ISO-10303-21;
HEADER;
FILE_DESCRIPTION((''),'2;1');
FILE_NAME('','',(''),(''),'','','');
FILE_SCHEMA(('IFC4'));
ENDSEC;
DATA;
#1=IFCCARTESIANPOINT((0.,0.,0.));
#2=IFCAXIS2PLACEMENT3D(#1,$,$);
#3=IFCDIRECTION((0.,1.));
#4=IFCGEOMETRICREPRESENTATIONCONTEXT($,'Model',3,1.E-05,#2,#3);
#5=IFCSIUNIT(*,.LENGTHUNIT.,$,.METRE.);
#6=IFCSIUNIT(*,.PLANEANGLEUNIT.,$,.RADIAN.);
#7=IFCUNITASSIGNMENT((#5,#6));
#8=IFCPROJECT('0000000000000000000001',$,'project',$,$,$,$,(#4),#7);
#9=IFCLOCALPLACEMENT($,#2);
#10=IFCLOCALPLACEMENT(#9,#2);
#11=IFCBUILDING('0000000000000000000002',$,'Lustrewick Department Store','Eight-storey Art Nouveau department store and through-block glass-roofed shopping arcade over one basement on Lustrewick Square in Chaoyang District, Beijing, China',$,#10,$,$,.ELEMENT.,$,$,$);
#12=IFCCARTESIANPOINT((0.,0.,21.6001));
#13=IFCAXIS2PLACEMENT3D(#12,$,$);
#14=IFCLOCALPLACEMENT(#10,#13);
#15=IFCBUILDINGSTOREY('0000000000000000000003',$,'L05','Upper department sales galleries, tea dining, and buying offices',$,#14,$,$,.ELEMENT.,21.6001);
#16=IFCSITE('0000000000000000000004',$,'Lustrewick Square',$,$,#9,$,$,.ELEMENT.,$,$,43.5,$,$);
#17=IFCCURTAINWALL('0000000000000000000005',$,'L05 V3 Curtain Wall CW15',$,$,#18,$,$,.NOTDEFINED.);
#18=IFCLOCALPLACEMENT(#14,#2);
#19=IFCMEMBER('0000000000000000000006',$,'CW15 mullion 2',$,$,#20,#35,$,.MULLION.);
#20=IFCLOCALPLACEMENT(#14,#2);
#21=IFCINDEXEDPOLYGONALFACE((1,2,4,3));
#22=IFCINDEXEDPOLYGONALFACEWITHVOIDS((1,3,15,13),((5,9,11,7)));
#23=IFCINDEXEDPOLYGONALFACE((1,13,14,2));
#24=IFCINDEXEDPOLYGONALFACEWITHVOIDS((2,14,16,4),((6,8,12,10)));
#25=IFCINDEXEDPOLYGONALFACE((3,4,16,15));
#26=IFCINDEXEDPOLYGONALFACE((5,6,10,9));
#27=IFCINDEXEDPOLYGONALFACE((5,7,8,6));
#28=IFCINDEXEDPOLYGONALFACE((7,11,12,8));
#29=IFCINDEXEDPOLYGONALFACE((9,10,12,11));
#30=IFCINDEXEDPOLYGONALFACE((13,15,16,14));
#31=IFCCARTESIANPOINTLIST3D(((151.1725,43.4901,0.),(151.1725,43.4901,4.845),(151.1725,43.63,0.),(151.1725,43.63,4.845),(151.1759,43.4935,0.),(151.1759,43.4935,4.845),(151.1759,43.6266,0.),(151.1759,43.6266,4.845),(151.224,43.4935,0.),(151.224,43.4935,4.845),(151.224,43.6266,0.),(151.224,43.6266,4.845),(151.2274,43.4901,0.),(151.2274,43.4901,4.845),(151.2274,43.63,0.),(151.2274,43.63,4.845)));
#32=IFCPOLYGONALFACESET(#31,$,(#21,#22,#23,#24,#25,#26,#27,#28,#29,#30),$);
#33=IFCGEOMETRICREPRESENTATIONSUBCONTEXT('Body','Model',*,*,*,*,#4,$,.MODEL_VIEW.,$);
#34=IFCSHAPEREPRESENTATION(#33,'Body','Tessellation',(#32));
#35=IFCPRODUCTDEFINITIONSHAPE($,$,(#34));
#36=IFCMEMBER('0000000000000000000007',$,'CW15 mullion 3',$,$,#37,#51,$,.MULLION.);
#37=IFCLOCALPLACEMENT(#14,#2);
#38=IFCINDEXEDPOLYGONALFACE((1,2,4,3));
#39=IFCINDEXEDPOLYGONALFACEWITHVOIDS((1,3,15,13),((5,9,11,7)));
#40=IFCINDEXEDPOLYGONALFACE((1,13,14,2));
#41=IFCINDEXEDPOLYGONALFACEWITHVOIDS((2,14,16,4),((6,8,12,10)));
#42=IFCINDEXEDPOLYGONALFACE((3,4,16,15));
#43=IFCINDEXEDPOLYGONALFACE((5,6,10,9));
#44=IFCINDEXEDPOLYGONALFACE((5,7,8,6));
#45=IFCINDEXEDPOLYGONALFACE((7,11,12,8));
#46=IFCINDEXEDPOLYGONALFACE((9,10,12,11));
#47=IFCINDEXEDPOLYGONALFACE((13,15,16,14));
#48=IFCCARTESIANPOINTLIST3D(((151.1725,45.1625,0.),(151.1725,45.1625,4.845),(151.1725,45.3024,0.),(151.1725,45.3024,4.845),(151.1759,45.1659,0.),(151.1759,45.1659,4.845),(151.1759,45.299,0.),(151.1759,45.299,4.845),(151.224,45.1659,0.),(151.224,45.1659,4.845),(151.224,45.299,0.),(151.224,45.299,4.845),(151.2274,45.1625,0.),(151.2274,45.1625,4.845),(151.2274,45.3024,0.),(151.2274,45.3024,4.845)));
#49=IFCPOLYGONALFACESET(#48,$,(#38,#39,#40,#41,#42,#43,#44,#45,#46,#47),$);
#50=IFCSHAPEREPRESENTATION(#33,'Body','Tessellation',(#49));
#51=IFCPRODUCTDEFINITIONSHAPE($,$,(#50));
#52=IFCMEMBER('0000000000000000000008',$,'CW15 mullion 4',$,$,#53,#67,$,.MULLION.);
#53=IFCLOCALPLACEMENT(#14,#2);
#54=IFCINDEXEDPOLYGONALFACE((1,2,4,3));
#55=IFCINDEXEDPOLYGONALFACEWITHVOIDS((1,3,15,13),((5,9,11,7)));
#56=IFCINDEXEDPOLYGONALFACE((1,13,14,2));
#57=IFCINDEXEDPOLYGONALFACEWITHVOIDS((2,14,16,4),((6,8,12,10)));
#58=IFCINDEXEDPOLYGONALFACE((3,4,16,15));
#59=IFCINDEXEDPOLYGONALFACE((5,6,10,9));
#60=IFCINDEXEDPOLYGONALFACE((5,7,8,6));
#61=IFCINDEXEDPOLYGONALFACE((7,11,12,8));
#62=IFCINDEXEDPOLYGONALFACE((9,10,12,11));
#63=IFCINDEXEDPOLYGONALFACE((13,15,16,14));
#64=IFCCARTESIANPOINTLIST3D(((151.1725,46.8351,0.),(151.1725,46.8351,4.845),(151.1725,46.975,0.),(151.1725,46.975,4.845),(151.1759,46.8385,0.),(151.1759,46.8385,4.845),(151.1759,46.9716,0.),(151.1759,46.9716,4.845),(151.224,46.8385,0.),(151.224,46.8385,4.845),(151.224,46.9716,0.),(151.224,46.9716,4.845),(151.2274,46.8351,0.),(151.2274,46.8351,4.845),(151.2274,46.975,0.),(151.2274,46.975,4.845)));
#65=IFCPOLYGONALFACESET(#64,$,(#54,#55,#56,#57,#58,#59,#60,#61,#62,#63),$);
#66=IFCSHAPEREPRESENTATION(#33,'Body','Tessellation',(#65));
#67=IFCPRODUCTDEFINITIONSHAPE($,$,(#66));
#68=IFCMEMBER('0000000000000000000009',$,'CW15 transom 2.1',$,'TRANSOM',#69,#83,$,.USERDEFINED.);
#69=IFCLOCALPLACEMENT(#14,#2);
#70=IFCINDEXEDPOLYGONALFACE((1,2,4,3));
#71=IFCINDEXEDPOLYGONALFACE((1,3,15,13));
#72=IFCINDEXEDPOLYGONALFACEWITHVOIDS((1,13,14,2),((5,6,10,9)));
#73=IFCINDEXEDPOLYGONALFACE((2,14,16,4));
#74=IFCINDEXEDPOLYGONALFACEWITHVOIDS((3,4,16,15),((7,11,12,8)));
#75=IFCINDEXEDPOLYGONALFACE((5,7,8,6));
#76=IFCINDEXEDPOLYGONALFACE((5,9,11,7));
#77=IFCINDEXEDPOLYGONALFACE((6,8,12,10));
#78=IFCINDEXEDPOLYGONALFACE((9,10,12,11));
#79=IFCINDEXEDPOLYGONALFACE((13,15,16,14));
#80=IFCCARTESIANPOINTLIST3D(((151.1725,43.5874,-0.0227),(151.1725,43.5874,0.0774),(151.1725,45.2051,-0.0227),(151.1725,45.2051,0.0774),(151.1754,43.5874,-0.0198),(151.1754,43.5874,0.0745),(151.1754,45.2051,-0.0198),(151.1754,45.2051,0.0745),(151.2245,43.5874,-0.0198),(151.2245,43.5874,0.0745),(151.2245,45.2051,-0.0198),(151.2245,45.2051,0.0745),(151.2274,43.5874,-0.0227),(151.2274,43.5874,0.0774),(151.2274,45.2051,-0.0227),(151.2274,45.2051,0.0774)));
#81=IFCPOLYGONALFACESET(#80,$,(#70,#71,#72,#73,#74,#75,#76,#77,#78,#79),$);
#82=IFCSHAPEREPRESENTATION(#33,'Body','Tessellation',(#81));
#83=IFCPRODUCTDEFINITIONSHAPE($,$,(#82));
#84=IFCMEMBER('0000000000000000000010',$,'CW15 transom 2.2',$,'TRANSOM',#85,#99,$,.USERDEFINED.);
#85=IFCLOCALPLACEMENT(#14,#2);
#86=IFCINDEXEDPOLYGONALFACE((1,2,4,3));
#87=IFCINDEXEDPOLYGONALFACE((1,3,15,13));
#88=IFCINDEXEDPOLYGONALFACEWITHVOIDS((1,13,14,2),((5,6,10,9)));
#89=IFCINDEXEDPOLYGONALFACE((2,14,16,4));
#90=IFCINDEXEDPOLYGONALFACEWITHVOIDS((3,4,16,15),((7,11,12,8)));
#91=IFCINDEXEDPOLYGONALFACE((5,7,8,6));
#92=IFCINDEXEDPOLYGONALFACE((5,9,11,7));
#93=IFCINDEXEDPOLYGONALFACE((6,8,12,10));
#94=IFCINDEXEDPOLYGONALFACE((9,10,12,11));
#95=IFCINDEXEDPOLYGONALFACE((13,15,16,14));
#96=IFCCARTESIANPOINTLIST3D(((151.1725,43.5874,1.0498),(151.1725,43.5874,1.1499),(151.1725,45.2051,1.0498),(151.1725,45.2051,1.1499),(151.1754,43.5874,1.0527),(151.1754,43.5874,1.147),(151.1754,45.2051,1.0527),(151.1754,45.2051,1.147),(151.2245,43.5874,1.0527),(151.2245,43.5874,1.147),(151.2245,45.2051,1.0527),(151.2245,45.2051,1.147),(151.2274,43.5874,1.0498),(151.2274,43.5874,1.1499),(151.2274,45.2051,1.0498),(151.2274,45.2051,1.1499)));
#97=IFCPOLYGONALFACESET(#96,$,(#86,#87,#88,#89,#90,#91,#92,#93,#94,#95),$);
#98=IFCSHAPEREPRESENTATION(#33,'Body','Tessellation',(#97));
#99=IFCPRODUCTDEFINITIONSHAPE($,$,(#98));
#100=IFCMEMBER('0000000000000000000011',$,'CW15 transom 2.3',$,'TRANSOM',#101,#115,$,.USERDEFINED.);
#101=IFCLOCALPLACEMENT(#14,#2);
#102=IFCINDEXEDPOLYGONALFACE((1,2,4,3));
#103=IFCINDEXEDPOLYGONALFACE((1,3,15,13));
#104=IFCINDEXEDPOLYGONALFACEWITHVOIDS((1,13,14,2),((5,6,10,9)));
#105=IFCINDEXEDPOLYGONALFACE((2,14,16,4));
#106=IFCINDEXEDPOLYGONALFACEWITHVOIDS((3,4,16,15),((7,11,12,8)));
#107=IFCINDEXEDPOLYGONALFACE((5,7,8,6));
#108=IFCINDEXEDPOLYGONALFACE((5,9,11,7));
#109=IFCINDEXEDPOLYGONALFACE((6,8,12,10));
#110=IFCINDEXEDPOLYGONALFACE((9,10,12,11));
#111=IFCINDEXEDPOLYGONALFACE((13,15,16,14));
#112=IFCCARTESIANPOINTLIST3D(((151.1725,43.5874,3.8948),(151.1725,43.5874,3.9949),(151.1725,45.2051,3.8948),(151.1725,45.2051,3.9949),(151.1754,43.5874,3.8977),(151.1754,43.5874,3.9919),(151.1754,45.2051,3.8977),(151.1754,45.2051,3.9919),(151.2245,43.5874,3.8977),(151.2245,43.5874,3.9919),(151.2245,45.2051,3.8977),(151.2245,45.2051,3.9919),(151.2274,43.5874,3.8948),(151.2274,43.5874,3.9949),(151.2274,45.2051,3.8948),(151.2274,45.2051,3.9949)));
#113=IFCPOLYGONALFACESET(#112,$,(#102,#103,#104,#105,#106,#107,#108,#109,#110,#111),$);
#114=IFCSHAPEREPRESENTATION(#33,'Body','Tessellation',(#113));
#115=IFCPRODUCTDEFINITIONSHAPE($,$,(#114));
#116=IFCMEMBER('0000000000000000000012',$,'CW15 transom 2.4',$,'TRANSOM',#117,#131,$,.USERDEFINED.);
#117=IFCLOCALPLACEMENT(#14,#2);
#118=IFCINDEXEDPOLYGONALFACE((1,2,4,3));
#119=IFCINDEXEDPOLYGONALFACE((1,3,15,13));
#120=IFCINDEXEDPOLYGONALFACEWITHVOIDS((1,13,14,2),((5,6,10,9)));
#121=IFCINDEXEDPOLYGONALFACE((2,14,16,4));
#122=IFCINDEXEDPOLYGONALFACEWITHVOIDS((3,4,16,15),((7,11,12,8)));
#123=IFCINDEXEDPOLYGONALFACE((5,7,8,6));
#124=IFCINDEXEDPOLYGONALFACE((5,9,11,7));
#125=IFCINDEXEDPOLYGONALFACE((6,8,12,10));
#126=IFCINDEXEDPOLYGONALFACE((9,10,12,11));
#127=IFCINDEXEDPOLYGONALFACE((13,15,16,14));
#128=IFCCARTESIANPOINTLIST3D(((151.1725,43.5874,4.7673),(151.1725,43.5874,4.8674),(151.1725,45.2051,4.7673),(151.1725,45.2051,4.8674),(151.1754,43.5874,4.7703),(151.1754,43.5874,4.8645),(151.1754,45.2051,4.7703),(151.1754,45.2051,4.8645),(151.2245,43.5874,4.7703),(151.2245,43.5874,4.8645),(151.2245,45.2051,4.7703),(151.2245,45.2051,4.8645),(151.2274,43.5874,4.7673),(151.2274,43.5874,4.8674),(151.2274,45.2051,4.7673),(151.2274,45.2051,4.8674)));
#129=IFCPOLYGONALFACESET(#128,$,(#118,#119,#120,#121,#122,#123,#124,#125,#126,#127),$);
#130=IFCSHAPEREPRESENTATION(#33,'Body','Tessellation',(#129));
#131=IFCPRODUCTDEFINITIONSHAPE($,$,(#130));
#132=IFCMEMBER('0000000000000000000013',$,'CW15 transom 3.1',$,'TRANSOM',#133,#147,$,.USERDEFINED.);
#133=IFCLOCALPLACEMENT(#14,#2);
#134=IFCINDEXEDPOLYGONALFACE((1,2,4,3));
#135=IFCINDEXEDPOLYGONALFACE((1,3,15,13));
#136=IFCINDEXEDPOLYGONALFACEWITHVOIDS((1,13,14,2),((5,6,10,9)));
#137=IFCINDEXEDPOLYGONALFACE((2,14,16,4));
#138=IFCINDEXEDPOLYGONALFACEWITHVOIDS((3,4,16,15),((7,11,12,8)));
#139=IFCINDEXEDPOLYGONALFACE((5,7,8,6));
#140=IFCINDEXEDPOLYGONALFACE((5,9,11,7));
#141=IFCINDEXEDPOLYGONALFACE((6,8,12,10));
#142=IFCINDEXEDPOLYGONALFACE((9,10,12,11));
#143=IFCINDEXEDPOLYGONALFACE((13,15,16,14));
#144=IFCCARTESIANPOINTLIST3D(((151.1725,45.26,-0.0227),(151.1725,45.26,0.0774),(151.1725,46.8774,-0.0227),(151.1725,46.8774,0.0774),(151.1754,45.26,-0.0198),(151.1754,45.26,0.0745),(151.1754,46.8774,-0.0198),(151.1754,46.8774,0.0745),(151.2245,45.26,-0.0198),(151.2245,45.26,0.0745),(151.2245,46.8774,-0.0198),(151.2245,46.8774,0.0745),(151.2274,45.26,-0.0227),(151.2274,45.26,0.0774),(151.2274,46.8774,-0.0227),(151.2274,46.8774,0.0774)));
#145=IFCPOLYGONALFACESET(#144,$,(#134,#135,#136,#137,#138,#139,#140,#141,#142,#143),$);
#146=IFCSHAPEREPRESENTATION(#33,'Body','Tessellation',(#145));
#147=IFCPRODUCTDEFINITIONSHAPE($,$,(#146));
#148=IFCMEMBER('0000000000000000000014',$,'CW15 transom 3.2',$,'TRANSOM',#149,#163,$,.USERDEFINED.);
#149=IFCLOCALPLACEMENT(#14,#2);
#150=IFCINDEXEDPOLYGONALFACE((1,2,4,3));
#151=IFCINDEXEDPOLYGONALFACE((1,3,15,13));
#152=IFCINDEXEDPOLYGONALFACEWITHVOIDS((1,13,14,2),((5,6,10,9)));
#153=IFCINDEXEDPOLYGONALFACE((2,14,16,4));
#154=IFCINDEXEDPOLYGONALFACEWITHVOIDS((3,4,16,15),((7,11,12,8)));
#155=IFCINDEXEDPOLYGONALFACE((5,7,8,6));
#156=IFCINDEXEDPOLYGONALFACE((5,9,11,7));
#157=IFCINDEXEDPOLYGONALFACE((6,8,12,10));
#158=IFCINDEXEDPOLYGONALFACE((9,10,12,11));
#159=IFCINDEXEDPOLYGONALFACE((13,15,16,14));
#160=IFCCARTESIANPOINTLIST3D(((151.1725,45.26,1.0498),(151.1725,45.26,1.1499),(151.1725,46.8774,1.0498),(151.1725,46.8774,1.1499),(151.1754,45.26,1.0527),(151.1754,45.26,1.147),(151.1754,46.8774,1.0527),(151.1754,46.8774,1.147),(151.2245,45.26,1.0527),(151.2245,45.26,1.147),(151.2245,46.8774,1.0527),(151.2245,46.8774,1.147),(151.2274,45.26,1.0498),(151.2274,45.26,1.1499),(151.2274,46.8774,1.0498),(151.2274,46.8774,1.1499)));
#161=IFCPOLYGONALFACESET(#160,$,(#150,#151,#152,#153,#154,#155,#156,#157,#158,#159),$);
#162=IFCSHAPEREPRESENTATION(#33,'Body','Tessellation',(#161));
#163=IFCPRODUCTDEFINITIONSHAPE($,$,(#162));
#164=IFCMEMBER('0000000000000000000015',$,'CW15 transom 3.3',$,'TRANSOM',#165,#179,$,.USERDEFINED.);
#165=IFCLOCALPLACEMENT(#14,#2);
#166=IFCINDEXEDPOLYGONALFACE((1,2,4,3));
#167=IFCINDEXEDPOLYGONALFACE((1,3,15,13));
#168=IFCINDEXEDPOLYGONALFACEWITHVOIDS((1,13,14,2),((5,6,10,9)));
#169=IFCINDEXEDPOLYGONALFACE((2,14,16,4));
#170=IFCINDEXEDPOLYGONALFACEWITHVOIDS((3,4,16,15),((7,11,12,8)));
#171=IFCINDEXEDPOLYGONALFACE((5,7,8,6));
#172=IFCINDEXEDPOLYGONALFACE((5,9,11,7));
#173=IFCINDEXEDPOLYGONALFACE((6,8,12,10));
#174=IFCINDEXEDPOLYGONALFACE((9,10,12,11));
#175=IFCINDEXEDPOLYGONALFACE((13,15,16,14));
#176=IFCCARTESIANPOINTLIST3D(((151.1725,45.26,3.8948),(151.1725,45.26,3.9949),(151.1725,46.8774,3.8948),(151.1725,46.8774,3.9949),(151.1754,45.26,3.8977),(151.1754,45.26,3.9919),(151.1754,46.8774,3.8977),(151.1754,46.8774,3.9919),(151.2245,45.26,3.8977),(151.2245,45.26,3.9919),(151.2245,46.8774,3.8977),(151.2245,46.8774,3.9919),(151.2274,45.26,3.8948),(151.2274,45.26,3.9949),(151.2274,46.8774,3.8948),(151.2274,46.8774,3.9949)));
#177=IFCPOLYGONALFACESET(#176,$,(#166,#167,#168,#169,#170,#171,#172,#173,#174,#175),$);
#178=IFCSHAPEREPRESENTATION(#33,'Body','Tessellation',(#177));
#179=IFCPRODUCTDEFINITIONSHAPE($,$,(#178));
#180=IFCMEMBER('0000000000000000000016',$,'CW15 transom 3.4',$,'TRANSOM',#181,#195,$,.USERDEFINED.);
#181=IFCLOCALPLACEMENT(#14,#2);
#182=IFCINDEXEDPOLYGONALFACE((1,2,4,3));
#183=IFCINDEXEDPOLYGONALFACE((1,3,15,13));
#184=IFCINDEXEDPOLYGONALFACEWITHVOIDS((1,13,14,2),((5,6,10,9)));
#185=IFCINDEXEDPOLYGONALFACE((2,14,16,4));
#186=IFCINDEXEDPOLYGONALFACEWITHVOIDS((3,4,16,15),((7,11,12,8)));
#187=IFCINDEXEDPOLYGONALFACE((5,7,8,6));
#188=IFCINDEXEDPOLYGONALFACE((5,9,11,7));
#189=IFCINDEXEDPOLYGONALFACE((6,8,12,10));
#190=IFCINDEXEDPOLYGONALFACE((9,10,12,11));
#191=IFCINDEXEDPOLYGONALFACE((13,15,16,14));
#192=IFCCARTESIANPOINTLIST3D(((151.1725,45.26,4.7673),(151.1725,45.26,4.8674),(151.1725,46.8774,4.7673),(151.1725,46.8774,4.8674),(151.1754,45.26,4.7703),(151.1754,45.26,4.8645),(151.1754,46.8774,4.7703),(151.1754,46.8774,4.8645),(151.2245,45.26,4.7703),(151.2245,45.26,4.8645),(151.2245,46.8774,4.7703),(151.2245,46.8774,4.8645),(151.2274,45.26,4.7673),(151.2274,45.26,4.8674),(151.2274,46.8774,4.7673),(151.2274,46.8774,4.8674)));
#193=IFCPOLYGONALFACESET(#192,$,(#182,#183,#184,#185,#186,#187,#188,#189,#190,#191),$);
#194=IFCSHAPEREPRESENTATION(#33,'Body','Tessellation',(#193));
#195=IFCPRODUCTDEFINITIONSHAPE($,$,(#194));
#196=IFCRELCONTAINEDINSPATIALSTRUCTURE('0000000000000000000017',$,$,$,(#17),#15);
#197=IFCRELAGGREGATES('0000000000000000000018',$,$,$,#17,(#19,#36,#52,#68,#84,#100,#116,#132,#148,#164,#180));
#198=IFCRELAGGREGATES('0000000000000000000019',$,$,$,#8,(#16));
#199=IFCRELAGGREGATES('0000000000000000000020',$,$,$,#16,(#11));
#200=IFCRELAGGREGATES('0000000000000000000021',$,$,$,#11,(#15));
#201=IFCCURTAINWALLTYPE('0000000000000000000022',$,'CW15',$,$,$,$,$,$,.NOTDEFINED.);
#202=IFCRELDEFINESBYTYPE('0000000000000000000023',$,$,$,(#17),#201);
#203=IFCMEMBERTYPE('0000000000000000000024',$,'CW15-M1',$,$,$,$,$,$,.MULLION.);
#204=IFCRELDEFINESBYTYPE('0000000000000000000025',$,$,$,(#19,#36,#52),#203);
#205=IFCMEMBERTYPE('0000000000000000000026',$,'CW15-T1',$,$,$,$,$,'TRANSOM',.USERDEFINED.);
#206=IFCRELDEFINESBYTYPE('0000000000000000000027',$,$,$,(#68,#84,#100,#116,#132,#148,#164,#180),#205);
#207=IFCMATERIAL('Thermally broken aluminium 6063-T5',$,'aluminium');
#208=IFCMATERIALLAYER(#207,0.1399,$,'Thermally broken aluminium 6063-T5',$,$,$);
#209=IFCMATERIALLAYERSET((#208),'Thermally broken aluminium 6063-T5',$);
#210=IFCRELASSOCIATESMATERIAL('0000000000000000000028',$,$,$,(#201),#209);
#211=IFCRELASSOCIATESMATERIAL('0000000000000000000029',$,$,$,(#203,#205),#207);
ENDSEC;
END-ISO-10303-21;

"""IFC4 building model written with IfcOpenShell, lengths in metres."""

from ifc_helpers import new_model, si_unit, direction, frame, origin, origin_2d, place, context, subcontext, project, spatial, hollow_rectangle, extrude, material, layer, layer_set, material_profile, profile_set, type_object, element, aggregate, save


model = new_model("IFC4")

# Units and contexts
model_context = context("Model", 3, precision=1e-05, world=origin(), true_north=direction((0.0, 1.0)))
body_context = subcontext(model_context, "Body", "Model", "MODEL_VIEW")
ifc_project = project(units=[si_unit("LENGTHUNIT", "METRE"), si_unit("PLANEANGLEUNIT", "RADIAN")], contexts=[model_context])

# Site, building, storey
site_placement = place(None, origin())
site = spatial("IfcSite", under=ifc_project, at=site_placement, Name="Lustrewick Square", CompositionType="ELEMENT", RefElevation=43.5)
building_placement = place(site_placement, origin())
building = spatial("IfcBuilding", under=site, at=building_placement, Name="Lustrewick Department Store", Description="Eight-storey Art Nouveau department store and through-block glass-roofed shopping arcade over one basement on Lustrewick Square in Chaoyang District, Beijing, China", CompositionType="ELEMENT")
storey_placement = place(building_placement, frame((0.0, 0.0, 21.6001)))
storey = spatial("IfcBuildingStorey", under=building, at=storey_placement, Name="L05", Description="Upper department sales galleries, tea dining, and buying offices", CompositionType="ELEMENT", Elevation=21.6001)

# Curtain wall, members
ifc_material_1 = material(Name="Thermally broken aluminium 6063-T5", Category="aluminium")
ifc_layer_1 = layer(ifc_material_1, 0.1399, Name="Thermally broken aluminium 6063-T5")
ifc_layer_set_1 = layer_set([ifc_layer_1], Name="Thermally broken aluminium 6063-T5")
curtain_wall_type = type_object("IfcCurtainWallType", Name="CW15", PredefinedType="NOTDEFINED", material=ifc_layer_set_1)
curtain_wall_placement = place(storey_placement, origin())
curtain_wall = element("IfcCurtainWall", 1, at=curtain_wall_placement, inside=storey, type_object=curtain_wall_type, Name="L05 V3 Curtain Wall CW15", PredefinedType="NOTDEFINED")
ifc_material_profile_1 = material_profile(ifc_material_1, hollow_rectangle(XDim=0.0549, YDim=0.1399, WallThickness=0.0034, at=origin_2d()), Name="ALU-M 55x140x3.5")
ifc_profile_set_1 = profile_set([ifc_material_profile_1], Name="Thermally broken aluminium 6063-T5")
member_type_1 = type_object("IfcMemberType", Name="CW15-M1", PredefinedType="MULLION", material=ifc_profile_set_1)
member_1_placement = place(storey_placement, frame((151.2, 43.5601, 0.0), z_axis=(0.0, 0.0, 1.0), x_axis=(-1.0, 0.0, 0.0)))
member_1 = element("IfcMember", 2, at=member_1_placement, type_object=member_type_1, Name="CW15 mullion 2", PredefinedType="MULLION", context=body_context, shape_type="SweptSolid", body=[
    extrude(hollow_rectangle(XDim=0.0549, YDim=0.1399, WallThickness=0.0034, at=origin_2d()), origin(), (0.0, 0.0, 1.0), 4.845),
])
member_2_placement = place(storey_placement, frame((151.2, 45.2324, 0.0), z_axis=(0.0, 0.0, 1.0), x_axis=(-1.0, 0.0, 0.0)))
member_2 = element("IfcMember", 3, at=member_2_placement, type_object=member_type_1, Name="CW15 mullion 3", PredefinedType="MULLION", context=body_context, shape_type="SweptSolid", body=[
    extrude(hollow_rectangle(XDim=0.0549, YDim=0.1399, WallThickness=0.0034, at=origin_2d()), origin(), (0.0, 0.0, 1.0), 4.845),
])
member_3_placement = place(storey_placement, frame((151.2, 46.905, 0.0), z_axis=(0.0, 0.0, 1.0), x_axis=(-1.0, 0.0, 0.0)))
member_3 = element("IfcMember", 4, at=member_3_placement, type_object=member_type_1, Name="CW15 mullion 4", PredefinedType="MULLION", context=body_context, shape_type="SweptSolid", body=[
    extrude(hollow_rectangle(XDim=0.0549, YDim=0.1399, WallThickness=0.0034, at=origin_2d()), origin(), (0.0, 0.0, 1.0), 4.845),
])
ifc_material_profile_2 = material_profile(ifc_material_1, hollow_rectangle(XDim=0.0549, YDim=0.1001, WallThickness=0.0029, at=origin_2d()), Name="ALU-T 55x100x3")
ifc_profile_set_2 = profile_set([ifc_material_profile_2], Name="Thermally broken aluminium 6063-T5")
member_type_2 = type_object("IfcMemberType", Name="CW15-T1", ElementType="TRANSOM", PredefinedType="USERDEFINED", material=ifc_profile_set_2)
member_4_placement = place(storey_placement, frame((151.2, 43.5874, 0.0273), z_axis=(0.0, 1.0, 0.0), x_axis=(-1.0, 0.0, 0.0)))
member_4 = element("IfcMember", 5, at=member_4_placement, type_object=member_type_2, Name="CW15 transom 2.1", ObjectType="TRANSOM", PredefinedType="USERDEFINED", context=body_context, shape_type="SweptSolid", body=[
    extrude(hollow_rectangle(XDim=0.0549, YDim=0.1001, WallThickness=0.0029, at=origin_2d()), origin(), (0.0, 0.0, 1.0), 1.6177),
])
member_5_placement = place(storey_placement, frame((151.2, 43.5874, 1.0999), z_axis=(0.0, 1.0, 0.0), x_axis=(-1.0, 0.0, 0.0)))
member_5 = element("IfcMember", 6, at=member_5_placement, type_object=member_type_2, Name="CW15 transom 2.2", ObjectType="TRANSOM", PredefinedType="USERDEFINED", context=body_context, shape_type="SweptSolid", body=[
    extrude(hollow_rectangle(XDim=0.0549, YDim=0.1001, WallThickness=0.0029, at=origin_2d()), origin(), (0.0, 0.0, 1.0), 1.6177),
])
member_6_placement = place(storey_placement, frame((151.2, 43.5874, 3.9448), z_axis=(0.0, 1.0, 0.0), x_axis=(-1.0, 0.0, 0.0)))
member_6 = element("IfcMember", 7, at=member_6_placement, type_object=member_type_2, Name="CW15 transom 2.3", ObjectType="TRANSOM", PredefinedType="USERDEFINED", context=body_context, shape_type="SweptSolid", body=[
    extrude(hollow_rectangle(XDim=0.0549, YDim=0.1001, WallThickness=0.0029, at=origin_2d()), origin(), (0.0, 0.0, 1.0), 1.6177),
])
member_7_placement = place(storey_placement, frame((151.2, 43.5874, 4.8174), z_axis=(0.0, 1.0, 0.0), x_axis=(-1.0, 0.0, 0.0)))
member_7 = element("IfcMember", 8, at=member_7_placement, type_object=member_type_2, Name="CW15 transom 2.4", ObjectType="TRANSOM", PredefinedType="USERDEFINED", context=body_context, shape_type="SweptSolid", body=[
    extrude(hollow_rectangle(XDim=0.0549, YDim=0.1001, WallThickness=0.0029, at=origin_2d()), origin(), (0.0, 0.0, 1.0), 1.6177),
])
member_8_placement = place(storey_placement, frame((151.2, 45.26, 0.0273), z_axis=(0.0, 1.0, 0.0), x_axis=(-1.0, 0.0, 0.0)))
member_8 = element("IfcMember", 9, at=member_8_placement, type_object=member_type_2, Name="CW15 transom 3.1", ObjectType="TRANSOM", PredefinedType="USERDEFINED", context=body_context, shape_type="SweptSolid", body=[
    extrude(hollow_rectangle(XDim=0.0549, YDim=0.1001, WallThickness=0.0029, at=origin_2d()), origin(), (0.0, 0.0, 1.0), 1.6174),
])
member_9_placement = place(storey_placement, frame((151.2, 45.26, 1.0999), z_axis=(0.0, 1.0, 0.0), x_axis=(-1.0, 0.0, 0.0)))
member_9 = element("IfcMember", 10, at=member_9_placement, type_object=member_type_2, Name="CW15 transom 3.2", ObjectType="TRANSOM", PredefinedType="USERDEFINED", context=body_context, shape_type="SweptSolid", body=[
    extrude(hollow_rectangle(XDim=0.0549, YDim=0.1001, WallThickness=0.0029, at=origin_2d()), origin(), (0.0, 0.0, 1.0), 1.6174),
])
member_10_placement = place(storey_placement, frame((151.2, 45.26, 3.9448), z_axis=(0.0, 1.0, 0.0), x_axis=(-1.0, 0.0, 0.0)))
member_10 = element("IfcMember", 11, at=member_10_placement, type_object=member_type_2, Name="CW15 transom 3.3", ObjectType="TRANSOM", PredefinedType="USERDEFINED", context=body_context, shape_type="SweptSolid", body=[
    extrude(hollow_rectangle(XDim=0.0549, YDim=0.1001, WallThickness=0.0029, at=origin_2d()), origin(), (0.0, 0.0, 1.0), 1.6174),
])
member_11_placement = place(storey_placement, frame((151.2, 45.26, 4.8174), z_axis=(0.0, 1.0, 0.0), x_axis=(-1.0, 0.0, 0.0)))
member_11 = element("IfcMember", 12, at=member_11_placement, type_object=member_type_2, Name="CW15 transom 3.4", ObjectType="TRANSOM", PredefinedType="USERDEFINED", context=body_context, shape_type="SweptSolid", body=[
    extrude(hollow_rectangle(XDim=0.0549, YDim=0.1001, WallThickness=0.0029, at=origin_2d()), origin(), (0.0, 0.0, 1.0), 1.6174),
])
aggregate(curtain_wall, [member_1, member_2, member_3, member_4, member_5, member_6, member_7, member_8, member_9, member_10, member_11])

save(model, "model.ifc")
